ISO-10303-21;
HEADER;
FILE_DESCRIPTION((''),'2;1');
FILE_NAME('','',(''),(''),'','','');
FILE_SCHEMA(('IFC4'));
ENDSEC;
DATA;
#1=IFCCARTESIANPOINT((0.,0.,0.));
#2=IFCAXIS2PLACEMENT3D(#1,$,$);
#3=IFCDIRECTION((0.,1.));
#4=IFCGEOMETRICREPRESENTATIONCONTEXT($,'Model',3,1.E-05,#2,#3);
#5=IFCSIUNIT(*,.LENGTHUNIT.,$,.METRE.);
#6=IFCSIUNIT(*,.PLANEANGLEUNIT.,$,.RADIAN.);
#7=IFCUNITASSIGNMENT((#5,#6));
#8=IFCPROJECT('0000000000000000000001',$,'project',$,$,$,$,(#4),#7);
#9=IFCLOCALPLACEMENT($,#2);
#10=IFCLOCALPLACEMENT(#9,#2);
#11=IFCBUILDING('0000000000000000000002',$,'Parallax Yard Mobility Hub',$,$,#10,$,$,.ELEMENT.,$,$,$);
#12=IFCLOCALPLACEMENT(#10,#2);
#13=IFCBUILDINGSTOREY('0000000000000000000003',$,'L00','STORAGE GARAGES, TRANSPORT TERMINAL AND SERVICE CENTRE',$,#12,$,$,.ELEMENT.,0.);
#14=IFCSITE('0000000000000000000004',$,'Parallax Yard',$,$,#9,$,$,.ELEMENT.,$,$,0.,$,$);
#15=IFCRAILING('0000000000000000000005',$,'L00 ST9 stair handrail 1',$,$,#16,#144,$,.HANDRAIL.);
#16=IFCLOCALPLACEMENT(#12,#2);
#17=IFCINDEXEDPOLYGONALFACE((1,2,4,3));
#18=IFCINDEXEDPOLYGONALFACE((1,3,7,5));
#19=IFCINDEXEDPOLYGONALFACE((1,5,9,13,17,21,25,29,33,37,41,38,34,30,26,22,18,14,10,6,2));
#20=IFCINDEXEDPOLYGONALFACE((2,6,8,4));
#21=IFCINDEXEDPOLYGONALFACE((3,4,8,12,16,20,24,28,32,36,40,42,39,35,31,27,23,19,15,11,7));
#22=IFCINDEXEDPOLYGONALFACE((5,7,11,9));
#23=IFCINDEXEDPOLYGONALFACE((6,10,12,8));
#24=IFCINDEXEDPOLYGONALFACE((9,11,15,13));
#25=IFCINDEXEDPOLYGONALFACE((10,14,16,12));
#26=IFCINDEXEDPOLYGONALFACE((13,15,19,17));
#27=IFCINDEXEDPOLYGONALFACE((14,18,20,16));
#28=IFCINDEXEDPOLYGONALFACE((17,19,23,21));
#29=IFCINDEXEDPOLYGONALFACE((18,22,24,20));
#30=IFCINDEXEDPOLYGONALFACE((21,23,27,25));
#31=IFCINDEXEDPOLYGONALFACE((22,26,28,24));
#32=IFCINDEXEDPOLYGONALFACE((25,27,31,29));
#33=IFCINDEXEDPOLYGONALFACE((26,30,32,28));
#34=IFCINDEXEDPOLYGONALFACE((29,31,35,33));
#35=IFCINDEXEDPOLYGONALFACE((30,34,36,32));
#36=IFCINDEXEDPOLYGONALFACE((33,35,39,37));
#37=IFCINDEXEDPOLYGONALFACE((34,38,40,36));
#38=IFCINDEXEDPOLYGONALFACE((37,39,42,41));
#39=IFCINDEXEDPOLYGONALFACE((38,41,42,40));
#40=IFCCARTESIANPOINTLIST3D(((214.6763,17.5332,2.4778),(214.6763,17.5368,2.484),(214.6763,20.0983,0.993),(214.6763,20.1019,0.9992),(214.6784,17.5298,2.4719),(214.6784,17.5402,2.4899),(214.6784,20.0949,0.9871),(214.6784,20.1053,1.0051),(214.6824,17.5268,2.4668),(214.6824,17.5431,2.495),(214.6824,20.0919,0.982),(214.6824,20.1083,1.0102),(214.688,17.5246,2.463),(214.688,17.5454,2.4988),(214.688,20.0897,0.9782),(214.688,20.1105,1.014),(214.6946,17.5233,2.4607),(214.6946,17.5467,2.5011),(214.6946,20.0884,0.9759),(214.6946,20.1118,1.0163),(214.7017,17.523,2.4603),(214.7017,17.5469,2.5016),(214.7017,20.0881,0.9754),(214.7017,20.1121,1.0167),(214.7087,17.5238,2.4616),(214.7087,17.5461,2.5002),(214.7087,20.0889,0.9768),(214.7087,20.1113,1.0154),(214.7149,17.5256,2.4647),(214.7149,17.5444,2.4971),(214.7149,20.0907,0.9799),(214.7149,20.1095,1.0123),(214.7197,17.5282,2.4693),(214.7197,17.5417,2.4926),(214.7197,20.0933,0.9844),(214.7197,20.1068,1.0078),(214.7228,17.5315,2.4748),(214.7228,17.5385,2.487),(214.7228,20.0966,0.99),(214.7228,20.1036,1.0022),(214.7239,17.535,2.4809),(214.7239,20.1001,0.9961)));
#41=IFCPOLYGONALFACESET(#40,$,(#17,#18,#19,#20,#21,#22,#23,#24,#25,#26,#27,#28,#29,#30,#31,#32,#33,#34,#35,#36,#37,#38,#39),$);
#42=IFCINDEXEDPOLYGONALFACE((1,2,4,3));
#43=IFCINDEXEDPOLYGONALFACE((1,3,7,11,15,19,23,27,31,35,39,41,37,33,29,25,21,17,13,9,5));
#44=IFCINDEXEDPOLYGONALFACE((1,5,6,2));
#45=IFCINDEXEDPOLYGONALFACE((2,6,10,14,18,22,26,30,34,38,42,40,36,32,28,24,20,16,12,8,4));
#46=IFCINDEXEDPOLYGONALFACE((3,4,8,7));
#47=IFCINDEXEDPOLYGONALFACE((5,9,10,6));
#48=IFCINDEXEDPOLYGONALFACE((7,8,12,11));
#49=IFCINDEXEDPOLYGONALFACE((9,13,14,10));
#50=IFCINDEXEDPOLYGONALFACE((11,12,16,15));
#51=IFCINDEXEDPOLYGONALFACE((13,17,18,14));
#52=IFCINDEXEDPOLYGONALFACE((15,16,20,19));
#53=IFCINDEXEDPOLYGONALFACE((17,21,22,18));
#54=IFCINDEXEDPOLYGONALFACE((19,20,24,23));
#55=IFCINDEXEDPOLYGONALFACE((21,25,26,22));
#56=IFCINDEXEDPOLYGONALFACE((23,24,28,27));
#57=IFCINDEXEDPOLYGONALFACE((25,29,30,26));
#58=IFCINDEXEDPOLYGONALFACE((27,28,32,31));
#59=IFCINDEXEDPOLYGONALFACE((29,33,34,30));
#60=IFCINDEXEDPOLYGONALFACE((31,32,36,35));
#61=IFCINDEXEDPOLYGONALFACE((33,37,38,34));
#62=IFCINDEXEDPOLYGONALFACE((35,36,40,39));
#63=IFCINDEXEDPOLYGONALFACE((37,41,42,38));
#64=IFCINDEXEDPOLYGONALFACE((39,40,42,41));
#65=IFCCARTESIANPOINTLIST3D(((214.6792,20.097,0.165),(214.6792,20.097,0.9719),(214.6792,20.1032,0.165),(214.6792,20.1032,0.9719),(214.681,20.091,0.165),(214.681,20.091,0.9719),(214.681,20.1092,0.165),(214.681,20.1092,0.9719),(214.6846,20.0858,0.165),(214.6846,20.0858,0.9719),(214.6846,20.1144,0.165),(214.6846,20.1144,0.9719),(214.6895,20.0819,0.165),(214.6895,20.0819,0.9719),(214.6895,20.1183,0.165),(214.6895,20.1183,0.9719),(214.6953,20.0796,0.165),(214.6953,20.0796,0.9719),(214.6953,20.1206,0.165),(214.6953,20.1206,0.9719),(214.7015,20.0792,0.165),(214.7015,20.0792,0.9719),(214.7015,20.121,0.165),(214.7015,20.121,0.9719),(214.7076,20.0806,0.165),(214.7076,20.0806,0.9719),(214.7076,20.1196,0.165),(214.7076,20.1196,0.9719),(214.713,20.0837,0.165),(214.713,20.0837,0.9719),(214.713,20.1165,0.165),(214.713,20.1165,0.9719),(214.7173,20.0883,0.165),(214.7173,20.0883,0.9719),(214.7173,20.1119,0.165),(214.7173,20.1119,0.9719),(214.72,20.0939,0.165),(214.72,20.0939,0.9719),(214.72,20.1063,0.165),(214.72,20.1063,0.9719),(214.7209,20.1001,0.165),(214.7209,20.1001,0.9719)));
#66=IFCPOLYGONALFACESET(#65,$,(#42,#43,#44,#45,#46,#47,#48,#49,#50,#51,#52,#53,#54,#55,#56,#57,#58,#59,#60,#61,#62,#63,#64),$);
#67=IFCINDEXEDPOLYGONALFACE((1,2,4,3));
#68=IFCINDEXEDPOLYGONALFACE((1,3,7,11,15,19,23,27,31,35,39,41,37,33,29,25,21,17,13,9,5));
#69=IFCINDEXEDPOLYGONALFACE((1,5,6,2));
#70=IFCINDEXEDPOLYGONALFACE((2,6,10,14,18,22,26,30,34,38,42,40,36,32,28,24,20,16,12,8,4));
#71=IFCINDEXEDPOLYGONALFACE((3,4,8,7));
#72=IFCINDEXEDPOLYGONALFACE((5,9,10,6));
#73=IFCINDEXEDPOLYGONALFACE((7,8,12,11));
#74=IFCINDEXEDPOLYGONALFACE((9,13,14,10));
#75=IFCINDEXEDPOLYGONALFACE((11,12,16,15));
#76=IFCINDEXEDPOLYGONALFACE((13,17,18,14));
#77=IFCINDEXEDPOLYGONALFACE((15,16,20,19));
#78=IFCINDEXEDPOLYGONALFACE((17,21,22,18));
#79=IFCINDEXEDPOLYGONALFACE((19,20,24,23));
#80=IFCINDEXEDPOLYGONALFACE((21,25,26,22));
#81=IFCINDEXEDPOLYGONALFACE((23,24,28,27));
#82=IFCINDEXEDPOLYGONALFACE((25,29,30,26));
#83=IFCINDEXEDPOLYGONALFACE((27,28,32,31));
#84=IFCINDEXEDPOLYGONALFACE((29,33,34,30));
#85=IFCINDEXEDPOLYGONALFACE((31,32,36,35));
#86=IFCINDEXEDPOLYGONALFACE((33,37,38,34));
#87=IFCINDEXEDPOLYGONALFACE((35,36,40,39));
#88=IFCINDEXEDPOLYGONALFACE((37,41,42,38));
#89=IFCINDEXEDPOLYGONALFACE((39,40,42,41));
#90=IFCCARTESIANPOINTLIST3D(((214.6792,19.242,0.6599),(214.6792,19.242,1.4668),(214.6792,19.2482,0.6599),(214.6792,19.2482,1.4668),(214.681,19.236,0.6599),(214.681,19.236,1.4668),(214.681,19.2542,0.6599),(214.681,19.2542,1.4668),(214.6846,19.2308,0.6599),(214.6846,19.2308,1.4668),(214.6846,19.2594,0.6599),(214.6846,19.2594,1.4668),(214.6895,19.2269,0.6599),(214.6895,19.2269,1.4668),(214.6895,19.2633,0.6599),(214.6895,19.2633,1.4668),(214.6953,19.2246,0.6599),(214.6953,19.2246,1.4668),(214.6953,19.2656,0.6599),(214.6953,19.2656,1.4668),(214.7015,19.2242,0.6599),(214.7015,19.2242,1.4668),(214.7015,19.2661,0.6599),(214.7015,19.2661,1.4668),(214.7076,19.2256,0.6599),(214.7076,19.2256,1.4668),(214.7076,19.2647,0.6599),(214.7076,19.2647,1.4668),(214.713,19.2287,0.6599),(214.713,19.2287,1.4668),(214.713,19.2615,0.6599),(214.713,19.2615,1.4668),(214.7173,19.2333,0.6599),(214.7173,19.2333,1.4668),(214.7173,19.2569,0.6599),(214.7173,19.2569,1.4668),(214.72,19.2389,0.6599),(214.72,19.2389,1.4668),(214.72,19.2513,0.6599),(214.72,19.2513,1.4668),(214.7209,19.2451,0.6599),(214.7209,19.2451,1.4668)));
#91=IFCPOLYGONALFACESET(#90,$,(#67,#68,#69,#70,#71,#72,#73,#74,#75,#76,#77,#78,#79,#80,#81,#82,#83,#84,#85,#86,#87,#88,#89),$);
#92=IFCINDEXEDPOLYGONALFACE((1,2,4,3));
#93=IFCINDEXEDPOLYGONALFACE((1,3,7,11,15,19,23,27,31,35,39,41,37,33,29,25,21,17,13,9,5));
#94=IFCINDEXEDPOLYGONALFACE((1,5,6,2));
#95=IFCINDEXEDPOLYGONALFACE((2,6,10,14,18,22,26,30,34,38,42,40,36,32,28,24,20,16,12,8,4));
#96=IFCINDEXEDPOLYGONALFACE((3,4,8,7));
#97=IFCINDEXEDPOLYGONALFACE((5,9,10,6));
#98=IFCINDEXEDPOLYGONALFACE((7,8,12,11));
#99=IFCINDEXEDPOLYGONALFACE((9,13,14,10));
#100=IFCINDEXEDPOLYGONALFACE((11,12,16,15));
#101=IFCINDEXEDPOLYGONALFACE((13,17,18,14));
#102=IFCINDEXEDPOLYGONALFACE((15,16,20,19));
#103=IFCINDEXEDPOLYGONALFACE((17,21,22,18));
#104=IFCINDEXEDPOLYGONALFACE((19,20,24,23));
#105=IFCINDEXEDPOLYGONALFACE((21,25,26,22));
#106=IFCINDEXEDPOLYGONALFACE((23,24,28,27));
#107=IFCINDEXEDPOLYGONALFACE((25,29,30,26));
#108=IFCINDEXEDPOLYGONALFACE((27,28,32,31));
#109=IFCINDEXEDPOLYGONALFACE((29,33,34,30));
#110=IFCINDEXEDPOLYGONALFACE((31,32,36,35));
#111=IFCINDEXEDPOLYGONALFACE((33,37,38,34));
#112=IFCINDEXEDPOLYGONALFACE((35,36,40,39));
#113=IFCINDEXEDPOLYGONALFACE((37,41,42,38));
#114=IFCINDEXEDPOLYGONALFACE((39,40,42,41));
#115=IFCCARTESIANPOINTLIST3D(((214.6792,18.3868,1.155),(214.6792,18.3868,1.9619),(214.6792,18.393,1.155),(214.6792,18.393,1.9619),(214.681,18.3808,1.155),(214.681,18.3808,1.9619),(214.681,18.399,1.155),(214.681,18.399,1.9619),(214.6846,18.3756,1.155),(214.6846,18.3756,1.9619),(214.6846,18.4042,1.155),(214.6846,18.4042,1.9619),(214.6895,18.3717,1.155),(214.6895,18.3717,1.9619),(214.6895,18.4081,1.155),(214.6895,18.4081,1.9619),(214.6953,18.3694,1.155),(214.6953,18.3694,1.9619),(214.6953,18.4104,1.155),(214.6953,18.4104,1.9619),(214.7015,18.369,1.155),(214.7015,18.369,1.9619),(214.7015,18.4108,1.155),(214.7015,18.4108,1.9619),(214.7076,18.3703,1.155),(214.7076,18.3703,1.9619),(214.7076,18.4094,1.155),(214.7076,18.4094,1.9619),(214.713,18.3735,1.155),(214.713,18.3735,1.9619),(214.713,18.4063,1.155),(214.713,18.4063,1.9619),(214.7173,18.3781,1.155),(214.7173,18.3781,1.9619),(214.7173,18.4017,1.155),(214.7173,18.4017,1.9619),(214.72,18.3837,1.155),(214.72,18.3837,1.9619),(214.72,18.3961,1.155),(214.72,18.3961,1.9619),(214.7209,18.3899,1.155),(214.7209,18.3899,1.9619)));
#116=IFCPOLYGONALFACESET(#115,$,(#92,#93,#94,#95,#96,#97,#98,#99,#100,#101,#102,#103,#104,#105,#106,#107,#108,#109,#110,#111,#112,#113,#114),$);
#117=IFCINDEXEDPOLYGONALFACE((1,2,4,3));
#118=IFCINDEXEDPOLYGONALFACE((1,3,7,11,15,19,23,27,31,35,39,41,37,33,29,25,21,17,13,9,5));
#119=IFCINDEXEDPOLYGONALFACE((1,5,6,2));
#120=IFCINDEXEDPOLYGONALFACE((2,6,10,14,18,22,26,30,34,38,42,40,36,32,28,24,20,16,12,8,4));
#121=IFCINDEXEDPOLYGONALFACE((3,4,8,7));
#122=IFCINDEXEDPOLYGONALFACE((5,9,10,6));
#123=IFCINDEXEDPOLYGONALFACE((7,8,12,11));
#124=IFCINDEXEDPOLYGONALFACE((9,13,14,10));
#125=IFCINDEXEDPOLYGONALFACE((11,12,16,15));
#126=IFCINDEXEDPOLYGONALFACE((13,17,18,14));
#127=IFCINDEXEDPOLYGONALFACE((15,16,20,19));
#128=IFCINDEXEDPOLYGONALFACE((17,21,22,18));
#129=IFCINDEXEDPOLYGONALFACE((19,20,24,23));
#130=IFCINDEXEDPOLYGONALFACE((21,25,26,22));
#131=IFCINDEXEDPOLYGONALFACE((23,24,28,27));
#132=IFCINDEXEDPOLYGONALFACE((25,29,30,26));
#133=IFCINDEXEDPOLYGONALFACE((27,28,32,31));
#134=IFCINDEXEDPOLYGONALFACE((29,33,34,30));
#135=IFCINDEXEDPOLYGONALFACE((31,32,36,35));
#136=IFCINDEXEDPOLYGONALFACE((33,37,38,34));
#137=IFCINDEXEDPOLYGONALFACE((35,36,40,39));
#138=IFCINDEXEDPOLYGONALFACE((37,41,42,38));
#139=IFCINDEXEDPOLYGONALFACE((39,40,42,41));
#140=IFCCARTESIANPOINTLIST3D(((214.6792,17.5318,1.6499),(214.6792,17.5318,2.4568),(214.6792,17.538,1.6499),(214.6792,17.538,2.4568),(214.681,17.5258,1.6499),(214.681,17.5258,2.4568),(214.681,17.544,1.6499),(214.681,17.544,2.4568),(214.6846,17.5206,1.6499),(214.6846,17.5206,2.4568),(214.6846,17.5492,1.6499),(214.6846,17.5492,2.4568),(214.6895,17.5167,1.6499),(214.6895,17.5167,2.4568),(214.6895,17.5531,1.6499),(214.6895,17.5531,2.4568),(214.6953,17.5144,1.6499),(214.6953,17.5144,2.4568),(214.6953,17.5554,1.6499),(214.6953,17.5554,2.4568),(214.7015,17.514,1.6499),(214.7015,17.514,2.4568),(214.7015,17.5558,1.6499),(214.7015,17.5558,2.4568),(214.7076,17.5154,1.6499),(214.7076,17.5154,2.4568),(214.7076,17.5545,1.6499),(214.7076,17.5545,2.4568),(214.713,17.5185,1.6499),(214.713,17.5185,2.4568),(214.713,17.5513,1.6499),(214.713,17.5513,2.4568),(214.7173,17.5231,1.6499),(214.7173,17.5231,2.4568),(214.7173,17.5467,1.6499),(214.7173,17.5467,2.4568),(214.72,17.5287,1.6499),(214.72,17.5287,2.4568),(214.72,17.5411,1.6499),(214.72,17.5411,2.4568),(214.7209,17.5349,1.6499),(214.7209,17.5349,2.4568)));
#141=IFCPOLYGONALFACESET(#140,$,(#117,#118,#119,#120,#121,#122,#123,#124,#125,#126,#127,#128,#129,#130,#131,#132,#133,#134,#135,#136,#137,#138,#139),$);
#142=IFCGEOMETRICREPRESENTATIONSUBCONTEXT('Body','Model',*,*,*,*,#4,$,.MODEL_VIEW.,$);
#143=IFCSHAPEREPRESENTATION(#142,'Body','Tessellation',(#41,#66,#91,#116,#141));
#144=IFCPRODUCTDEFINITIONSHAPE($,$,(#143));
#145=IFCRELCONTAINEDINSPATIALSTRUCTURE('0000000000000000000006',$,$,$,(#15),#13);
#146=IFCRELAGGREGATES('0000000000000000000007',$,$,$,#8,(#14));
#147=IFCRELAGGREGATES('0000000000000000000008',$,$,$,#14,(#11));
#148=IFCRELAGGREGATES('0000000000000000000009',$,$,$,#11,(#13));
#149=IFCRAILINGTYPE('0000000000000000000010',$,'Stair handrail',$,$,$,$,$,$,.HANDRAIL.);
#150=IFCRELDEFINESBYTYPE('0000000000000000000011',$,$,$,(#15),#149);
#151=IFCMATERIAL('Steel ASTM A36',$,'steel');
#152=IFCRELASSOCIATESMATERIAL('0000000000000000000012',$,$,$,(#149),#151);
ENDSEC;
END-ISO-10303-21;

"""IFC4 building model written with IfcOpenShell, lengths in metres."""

from ifc_helpers import new_model, si_unit, direction, frame, origin, origin_2d, place, context, subcontext, project, spatial, circle, extrude, material, type_object, element, save


model = new_model("IFC4")

# Units and contexts
model_context = context("Model", 3, precision=1e-05, world=origin(), true_north=direction((0.0, 1.0)))
body_context = subcontext(model_context, "Body", "Model", "MODEL_VIEW")
ifc_project = project(units=[si_unit("LENGTHUNIT", "METRE"), si_unit("PLANEANGLEUNIT", "RADIAN")], contexts=[model_context])

# Site, building, storey
site_placement = place(None, origin())
site = spatial("IfcSite", under=ifc_project, at=site_placement, Name="Parallax Yard", CompositionType="ELEMENT", RefElevation=0.0)
building_placement = place(site_placement, origin())
building = spatial("IfcBuilding", under=site, at=building_placement, Name="Parallax Yard Mobility Hub", CompositionType="ELEMENT")
storey_placement = place(building_placement, origin())
storey = spatial("IfcBuildingStorey", under=building, at=storey_placement, Name="L00", Description="STORAGE GARAGES, TRANSPORT TERMINAL AND SERVICE CENTRE", CompositionType="ELEMENT", Elevation=0.0)

# Railing
ifc_material_1 = material(Name="Steel ASTM A36", Category="steel")
railing_type_1 = type_object("IfcRailingType", Name="Stair handrail", PredefinedType="HANDRAIL", material=ifc_material_1)
railing_1_placement = place(storey_placement, frame((214.7, 20.1001, 0.165)))
element("IfcRailing", 1, at=railing_1_placement, inside=storey, type_object=railing_type_1, Name="L00 ST9 stair handrail 1", PredefinedType="HANDRAIL", context=body_context, shape_type="SweptSolid", body=[
    extrude(circle(Radius=0.0239, at=origin_2d()), frame((0.0, 0.0, 0.8311), z_axis=(0.0, -0.865462, 0.500975), x_axis=(1.0, 0.0, 0.0)), (0.0, 0.0, 1.0), 2.9639),
    extrude(circle(Radius=0.021, at=origin_2d()), origin(), (0.0, 0.0, 1.0), 0.8069),
    extrude(circle(Radius=0.021, at=origin_2d()), frame((0.0, -0.855, 0.4949)), (0.0, 0.0, 1.0), 0.8069),
    extrude(circle(Radius=0.021, at=origin_2d()), frame((0.0, -1.7102, 0.99)), (0.0, 0.0, 1.0), 0.8069),
    extrude(circle(Radius=0.021, at=origin_2d()), frame((0.0, -2.5652, 1.4849)), (0.0, 0.0, 1.0), 0.8069),
])

save(model, "model.ifc")
